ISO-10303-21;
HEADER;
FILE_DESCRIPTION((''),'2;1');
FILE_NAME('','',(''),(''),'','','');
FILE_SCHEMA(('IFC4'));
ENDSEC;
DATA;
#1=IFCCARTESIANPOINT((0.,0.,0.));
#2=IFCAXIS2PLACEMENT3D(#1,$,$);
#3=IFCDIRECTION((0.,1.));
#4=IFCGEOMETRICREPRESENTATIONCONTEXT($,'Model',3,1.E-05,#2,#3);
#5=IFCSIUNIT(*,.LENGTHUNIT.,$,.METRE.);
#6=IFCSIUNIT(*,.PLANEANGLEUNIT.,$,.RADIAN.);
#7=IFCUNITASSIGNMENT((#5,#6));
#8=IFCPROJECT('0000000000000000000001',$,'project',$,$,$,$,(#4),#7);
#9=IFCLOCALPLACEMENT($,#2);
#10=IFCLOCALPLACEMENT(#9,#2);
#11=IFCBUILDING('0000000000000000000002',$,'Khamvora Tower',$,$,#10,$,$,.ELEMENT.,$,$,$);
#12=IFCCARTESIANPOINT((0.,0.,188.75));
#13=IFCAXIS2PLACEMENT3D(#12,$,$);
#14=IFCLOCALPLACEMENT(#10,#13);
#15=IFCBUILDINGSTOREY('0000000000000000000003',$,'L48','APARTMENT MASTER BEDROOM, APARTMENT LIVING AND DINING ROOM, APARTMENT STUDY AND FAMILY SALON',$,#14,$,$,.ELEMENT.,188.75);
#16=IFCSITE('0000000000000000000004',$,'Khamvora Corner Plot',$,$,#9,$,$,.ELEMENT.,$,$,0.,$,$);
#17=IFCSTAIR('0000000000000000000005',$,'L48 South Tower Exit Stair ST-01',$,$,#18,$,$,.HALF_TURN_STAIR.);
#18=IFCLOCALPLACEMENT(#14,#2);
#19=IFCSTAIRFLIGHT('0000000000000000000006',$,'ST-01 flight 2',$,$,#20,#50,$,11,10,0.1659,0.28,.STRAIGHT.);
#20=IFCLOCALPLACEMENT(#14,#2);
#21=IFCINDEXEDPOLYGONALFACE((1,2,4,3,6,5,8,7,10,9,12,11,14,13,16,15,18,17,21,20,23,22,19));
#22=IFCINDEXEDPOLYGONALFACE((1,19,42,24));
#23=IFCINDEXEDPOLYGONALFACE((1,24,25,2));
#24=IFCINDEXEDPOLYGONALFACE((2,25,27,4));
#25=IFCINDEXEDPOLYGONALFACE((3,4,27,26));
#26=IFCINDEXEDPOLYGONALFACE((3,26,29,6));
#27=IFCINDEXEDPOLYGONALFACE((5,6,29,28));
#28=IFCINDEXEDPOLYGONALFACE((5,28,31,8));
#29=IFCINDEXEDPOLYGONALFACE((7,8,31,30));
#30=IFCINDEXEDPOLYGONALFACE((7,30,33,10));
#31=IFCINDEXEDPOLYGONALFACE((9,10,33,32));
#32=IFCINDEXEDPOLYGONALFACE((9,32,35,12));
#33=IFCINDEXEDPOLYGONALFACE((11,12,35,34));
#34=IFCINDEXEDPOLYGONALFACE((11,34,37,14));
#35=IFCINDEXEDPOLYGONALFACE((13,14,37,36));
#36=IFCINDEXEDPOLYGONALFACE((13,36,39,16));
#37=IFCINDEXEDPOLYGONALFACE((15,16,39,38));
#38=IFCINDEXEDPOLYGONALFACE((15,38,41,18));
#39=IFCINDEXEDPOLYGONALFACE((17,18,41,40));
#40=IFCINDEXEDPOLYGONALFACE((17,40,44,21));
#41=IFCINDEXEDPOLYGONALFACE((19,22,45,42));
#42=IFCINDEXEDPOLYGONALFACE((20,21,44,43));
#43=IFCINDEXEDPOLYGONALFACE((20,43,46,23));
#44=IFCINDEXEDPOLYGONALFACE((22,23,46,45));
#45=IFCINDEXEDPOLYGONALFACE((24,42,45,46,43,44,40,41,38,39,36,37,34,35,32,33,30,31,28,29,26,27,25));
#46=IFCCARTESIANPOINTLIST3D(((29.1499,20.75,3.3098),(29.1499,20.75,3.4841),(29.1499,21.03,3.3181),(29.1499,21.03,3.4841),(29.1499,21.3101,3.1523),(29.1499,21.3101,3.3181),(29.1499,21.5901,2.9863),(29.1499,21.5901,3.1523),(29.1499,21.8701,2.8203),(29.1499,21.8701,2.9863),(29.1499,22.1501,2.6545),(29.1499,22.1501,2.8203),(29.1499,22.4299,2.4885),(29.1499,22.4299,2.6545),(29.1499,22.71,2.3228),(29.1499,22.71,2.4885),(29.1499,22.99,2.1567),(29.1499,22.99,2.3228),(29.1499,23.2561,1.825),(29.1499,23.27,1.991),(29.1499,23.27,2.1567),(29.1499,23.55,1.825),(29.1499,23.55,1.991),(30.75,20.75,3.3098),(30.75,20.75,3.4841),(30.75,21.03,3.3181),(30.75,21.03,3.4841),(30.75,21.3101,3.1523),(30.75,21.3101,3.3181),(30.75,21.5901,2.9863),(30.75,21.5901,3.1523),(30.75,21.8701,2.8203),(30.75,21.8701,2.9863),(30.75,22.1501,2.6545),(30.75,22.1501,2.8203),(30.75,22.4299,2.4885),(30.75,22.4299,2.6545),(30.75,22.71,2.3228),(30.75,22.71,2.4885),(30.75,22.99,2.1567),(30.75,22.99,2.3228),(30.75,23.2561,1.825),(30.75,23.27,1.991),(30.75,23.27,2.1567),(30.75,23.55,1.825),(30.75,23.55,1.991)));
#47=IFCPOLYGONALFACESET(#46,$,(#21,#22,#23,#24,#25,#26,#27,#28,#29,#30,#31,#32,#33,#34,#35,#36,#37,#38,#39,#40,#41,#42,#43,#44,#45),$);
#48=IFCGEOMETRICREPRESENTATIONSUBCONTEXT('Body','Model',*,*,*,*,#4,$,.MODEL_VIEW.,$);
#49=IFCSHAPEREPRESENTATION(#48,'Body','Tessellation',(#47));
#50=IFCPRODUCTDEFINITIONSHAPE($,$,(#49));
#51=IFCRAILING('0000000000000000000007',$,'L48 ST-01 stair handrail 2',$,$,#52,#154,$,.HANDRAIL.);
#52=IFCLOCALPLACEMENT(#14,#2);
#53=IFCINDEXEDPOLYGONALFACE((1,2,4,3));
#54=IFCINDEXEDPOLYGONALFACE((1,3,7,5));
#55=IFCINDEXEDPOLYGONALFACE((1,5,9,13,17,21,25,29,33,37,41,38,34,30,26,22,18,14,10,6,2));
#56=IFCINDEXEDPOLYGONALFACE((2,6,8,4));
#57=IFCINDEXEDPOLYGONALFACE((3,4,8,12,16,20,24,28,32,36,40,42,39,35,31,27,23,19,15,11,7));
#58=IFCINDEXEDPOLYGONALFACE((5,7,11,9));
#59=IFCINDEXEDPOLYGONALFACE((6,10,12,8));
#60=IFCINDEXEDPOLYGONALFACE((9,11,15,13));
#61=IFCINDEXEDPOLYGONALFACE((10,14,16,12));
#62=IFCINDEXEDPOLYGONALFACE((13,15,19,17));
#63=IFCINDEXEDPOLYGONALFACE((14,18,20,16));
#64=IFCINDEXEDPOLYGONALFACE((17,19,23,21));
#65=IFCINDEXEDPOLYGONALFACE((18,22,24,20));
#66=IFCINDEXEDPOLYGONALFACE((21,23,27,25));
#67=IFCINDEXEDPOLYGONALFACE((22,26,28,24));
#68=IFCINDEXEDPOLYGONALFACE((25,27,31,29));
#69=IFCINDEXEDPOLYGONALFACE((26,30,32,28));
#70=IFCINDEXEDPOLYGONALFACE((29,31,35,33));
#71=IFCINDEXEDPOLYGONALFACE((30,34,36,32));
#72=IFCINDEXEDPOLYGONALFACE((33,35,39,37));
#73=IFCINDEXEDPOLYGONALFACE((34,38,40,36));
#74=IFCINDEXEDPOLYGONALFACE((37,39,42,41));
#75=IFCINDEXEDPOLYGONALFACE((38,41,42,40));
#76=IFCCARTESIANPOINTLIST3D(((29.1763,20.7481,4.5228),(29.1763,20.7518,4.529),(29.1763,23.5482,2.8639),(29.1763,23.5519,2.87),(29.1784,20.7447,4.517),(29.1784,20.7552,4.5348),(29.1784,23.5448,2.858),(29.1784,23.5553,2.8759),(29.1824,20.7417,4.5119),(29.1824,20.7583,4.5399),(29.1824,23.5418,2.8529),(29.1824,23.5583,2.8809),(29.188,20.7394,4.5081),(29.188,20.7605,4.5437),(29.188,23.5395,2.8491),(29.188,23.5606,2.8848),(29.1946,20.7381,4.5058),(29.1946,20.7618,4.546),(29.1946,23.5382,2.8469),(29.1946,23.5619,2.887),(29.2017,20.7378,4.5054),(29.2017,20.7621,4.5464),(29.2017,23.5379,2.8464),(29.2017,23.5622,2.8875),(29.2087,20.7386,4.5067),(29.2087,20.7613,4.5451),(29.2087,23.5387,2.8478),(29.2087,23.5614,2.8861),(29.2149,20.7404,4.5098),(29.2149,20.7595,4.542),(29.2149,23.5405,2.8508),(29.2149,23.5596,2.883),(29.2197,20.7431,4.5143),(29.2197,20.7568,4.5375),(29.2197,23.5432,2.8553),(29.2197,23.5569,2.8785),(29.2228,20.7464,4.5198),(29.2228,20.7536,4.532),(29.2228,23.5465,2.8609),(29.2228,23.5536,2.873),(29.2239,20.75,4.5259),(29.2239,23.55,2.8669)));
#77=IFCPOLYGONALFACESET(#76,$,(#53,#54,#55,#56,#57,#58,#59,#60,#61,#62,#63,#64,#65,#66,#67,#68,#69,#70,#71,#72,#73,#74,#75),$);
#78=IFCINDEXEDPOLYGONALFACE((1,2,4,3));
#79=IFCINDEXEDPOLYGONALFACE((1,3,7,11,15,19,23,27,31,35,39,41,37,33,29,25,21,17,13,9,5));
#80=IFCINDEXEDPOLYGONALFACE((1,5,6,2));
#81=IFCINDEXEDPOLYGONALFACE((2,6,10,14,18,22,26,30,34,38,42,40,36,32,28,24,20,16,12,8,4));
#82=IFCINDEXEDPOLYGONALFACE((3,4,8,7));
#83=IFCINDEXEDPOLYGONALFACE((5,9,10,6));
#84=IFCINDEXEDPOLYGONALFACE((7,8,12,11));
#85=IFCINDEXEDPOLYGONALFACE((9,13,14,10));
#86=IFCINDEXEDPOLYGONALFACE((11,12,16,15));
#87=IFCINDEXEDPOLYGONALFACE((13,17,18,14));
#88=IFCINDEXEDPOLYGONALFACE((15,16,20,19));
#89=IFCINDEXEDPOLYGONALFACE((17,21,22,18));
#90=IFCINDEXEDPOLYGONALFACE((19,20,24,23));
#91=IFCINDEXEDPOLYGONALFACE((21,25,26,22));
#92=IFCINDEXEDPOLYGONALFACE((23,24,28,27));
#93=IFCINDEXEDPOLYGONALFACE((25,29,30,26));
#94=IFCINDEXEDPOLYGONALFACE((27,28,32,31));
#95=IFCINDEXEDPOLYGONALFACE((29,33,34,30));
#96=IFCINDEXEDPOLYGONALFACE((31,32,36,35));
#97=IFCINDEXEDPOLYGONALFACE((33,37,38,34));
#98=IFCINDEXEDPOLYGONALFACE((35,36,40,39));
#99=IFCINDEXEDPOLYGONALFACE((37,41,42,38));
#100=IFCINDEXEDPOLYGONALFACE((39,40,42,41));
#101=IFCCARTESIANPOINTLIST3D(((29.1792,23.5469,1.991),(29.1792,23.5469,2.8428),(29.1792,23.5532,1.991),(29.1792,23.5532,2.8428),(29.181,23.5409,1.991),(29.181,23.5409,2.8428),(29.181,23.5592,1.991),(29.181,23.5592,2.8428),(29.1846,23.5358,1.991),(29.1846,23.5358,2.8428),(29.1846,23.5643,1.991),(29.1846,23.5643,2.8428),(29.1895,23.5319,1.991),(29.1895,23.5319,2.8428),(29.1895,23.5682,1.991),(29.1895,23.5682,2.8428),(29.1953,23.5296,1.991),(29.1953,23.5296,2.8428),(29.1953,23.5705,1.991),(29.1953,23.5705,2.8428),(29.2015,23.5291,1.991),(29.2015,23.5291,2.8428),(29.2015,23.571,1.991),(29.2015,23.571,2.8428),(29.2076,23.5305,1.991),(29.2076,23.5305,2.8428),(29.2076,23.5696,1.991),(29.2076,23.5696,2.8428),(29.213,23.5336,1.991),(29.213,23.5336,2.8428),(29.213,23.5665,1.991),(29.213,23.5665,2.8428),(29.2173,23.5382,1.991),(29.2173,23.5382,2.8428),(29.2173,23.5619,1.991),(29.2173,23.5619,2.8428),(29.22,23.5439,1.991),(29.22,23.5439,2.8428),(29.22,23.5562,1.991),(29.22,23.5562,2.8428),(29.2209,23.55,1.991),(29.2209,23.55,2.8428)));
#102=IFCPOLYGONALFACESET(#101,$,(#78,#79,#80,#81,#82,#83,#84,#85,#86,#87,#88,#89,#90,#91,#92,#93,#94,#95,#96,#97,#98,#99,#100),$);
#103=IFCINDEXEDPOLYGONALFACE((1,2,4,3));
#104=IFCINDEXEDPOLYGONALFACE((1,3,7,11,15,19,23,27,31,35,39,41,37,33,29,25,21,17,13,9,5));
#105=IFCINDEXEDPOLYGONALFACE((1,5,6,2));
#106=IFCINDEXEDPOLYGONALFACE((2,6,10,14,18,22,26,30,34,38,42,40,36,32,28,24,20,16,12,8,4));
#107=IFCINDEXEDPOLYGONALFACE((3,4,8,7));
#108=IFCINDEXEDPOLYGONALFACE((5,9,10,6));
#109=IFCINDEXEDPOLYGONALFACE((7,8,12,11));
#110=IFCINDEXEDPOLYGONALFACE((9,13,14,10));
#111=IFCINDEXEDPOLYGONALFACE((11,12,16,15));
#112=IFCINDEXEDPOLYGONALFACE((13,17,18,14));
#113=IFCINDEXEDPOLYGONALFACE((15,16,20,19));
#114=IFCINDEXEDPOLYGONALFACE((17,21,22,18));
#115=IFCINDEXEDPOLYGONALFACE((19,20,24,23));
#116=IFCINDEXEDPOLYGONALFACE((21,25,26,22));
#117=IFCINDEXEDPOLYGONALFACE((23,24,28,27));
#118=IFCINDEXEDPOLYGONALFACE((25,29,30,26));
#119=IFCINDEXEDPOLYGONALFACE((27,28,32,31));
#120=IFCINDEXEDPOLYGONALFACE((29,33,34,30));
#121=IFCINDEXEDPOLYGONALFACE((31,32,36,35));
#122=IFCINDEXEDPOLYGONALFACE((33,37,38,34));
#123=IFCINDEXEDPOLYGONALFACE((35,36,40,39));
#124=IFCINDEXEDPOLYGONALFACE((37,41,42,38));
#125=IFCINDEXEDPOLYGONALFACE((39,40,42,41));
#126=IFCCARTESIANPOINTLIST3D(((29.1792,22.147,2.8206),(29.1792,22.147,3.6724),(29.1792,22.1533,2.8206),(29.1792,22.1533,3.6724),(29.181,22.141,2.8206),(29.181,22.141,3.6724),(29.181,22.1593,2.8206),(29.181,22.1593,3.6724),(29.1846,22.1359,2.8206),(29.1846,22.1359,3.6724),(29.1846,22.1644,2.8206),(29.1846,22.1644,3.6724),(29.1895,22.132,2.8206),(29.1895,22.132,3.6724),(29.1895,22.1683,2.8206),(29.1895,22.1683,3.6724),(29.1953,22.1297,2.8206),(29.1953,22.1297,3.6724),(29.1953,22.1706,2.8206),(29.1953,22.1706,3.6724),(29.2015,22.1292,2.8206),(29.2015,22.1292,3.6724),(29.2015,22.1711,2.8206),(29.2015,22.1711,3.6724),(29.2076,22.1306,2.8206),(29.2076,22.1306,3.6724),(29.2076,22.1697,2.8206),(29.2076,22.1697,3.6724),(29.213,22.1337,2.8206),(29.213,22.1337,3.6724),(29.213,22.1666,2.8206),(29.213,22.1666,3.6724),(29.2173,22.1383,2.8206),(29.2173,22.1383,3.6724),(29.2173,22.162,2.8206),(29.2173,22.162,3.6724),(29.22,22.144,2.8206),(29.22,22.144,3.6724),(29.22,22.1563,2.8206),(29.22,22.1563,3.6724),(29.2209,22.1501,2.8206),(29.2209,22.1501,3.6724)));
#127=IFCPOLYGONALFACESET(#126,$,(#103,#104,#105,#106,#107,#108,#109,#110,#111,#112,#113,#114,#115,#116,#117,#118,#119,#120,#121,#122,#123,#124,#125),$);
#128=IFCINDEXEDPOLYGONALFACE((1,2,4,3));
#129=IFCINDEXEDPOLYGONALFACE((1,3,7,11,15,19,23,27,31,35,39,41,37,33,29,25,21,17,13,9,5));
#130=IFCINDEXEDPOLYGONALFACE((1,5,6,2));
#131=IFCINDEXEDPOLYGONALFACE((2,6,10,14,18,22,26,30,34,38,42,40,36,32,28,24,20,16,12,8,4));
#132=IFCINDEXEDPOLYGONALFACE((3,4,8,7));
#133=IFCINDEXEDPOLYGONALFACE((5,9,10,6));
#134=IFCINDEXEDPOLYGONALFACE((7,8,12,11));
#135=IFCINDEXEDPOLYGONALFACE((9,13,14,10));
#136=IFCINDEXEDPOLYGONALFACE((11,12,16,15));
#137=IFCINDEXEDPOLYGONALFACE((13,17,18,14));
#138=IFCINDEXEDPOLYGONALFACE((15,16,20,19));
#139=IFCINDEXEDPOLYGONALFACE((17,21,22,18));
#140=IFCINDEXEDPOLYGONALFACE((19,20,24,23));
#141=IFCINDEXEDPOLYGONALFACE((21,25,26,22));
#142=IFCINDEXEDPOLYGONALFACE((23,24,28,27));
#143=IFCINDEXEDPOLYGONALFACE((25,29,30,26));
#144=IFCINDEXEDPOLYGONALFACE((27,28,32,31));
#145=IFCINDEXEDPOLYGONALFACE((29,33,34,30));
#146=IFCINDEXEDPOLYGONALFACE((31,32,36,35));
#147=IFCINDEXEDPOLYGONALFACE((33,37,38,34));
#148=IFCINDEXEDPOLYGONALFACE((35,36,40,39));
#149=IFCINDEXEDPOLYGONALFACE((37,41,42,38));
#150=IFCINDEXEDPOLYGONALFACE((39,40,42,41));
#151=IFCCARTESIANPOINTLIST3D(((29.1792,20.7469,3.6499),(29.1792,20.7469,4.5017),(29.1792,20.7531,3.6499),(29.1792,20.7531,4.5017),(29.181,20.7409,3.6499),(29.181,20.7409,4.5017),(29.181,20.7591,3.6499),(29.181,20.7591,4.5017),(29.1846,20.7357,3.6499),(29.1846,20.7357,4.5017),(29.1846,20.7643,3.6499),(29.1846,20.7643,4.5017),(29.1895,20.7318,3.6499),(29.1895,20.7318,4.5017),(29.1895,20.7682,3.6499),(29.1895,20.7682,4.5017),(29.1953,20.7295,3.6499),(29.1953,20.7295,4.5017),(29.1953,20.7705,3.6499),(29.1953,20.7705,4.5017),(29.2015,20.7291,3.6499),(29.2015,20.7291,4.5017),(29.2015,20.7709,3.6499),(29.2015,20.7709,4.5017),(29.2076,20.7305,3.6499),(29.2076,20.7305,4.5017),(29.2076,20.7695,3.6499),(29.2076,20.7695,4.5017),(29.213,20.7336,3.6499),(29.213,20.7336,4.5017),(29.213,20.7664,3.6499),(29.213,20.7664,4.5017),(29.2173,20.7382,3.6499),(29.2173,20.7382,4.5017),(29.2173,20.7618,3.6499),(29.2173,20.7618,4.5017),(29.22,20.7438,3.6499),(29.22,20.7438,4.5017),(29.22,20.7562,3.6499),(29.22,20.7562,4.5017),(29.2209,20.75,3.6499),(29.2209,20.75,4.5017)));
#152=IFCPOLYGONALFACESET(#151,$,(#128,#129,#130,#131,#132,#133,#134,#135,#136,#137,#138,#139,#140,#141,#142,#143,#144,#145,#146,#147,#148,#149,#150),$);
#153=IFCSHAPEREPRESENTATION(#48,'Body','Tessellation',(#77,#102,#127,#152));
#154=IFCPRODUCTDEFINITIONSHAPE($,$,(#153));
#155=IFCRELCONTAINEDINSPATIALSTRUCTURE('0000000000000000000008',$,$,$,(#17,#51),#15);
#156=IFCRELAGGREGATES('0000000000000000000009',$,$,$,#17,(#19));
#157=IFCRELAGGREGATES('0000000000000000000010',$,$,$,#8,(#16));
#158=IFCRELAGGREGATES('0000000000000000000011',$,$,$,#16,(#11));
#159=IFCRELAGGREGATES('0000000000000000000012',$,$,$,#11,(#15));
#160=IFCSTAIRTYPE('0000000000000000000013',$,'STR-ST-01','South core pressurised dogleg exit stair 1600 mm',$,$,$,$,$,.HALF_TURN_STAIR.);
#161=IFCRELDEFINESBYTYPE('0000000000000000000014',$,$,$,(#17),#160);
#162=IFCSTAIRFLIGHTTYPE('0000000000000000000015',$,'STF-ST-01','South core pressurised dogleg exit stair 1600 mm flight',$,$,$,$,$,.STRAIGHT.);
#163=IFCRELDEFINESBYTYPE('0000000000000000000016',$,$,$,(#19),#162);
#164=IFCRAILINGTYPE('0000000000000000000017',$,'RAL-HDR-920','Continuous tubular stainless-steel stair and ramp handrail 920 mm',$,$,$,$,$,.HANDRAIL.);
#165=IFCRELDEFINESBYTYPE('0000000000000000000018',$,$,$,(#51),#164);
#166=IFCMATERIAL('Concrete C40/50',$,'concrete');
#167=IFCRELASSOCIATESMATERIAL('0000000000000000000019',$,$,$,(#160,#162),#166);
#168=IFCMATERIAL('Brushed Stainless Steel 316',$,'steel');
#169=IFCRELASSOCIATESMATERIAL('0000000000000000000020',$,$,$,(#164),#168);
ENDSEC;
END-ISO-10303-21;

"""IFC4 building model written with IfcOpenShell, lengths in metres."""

from ifc_helpers import new_model, si_unit, direction, frame, origin, origin_2d, place, context, subcontext, project, spatial, polyline, circle, outline, extrude, material, type_object, element, aggregate, save


model = new_model("IFC4")

# Units and contexts
model_context = context("Model", 3, precision=1e-05, world=origin(), true_north=direction((0.0, 1.0)))
body_context = subcontext(model_context, "Body", "Model", "MODEL_VIEW")
ifc_project = project(units=[si_unit("LENGTHUNIT", "METRE"), si_unit("PLANEANGLEUNIT", "RADIAN")], contexts=[model_context])

# Site, building, storey
site_placement = place(None, origin())
site = spatial("IfcSite", under=ifc_project, at=site_placement, Name="Khamvora Corner Plot", CompositionType="ELEMENT", RefElevation=0.0)
building_placement = place(site_placement, origin())
building = spatial("IfcBuilding", under=site, at=building_placement, Name="Khamvora Tower", CompositionType="ELEMENT")
storey_placement = place(building_placement, frame((0.0, 0.0, 188.75)))
storey = spatial("IfcBuildingStorey", under=building, at=storey_placement, Name="L48", Description="APARTMENT MASTER BEDROOM, APARTMENT LIVING AND DINING ROOM, APARTMENT STUDY AND FAMILY SALON", CompositionType="ELEMENT", Elevation=188.75)

# Stair, stair flight
ifc_material_1 = material(Name="Concrete C40/50", Category="concrete")
stair_type = type_object("IfcStairType", Name="STR-ST-01", Description="South core pressurised dogleg exit stair 1600 mm", PredefinedType="HALF_TURN_STAIR", material=ifc_material_1)
stair_placement = place(storey_placement, origin())
stair = element("IfcStair", 1, at=stair_placement, inside=storey, type_object=stair_type, Name="L48 South Tower Exit Stair ST-01", PredefinedType="HALF_TURN_STAIR")
stair_flight_type = type_object("IfcStairFlightType", Name="STF-ST-01", Description="South core pressurised dogleg exit stair 1600 mm flight", PredefinedType="STRAIGHT", material=ifc_material_1)
stair_flight_placement = place(storey_placement, frame((29.95, 23.55, 1.825), z_axis=(0.0, 0.0, 1.0), x_axis=(0.0, -1.0, 0.0)))
stair_flight = element("IfcStairFlight", 2, at=stair_flight_placement, type_object=stair_flight_type, Name="ST-01 flight 2", NumberOfRisers=11, NumberOfTreads=10, PredefinedType="STRAIGHT", RiserHeight=0.1659, TreadLength=0.28, context=body_context, shape_type="SweptSolid", body=[
    extrude(outline(polyline([(0.0, 0.0), (0.0, 0.166), (0.28, 0.166), (0.28, 0.3318), (0.5601, 0.3318), (0.5601, 0.4978), (0.8401, 0.4978), (0.8401, 0.6636), (1.1201, 0.6636), (1.1201, 0.8296), (1.3999, 0.8296), (1.3999, 0.9954), (1.6799, 0.9954), (1.6799, 1.1614), (1.96, 1.1614), (1.96, 1.3274), (2.24, 1.3274), (2.24, 1.4932), (2.52, 1.4932), (2.52, 1.6592), (2.8, 1.6592), (2.8, 1.825), (2.8, 1.4849), (0.2939, 0.0), (0.0, 0.0)])), frame((0.0, 0.8, 0.0), z_axis=(0.0, -1.0, 0.0), x_axis=(1.0, 0.0, 0.0)), (0.0, 0.0, 1.0), 1.6001),
])
aggregate(stair, [stair_flight])

# Railing
ifc_material_2 = material(Name="Brushed Stainless Steel 316", Category="steel")
railing_type_1 = type_object("IfcRailingType", Name="RAL-HDR-920", Description="Continuous tubular stainless-steel stair and ramp handrail 920 mm", PredefinedType="HANDRAIL", material=ifc_material_2)
railing_1_placement = place(storey_placement, frame((29.2, 23.55, 1.991)))
element("IfcRailing", 3, at=railing_1_placement, inside=storey, type_object=railing_type_1, Name="L48 ST-01 stair handrail 2", PredefinedType="HANDRAIL", context=body_context, shape_type="SweptSolid", body=[
    extrude(circle(Radius=0.0239, at=origin_2d()), frame((0.0, 0.0, 0.876), z_axis=(0.0, -0.860339, 0.509722), x_axis=(1.0, 0.0, 0.0)), (0.0, 0.0, 1.0), 3.2546),
    extrude(circle(Radius=0.021, at=origin_2d()), origin(), (0.0, 0.0, 1.0), 0.8518),
    extrude(circle(Radius=0.021, at=origin_2d()), frame((0.0, -1.3999, 0.8296)), (0.0, 0.0, 1.0), 0.8518),
    extrude(circle(Radius=0.021, at=origin_2d()), frame((0.0, -2.8, 1.6589)), (0.0, 0.0, 1.0), 0.8518),
])

save(model, "model.ifc")
